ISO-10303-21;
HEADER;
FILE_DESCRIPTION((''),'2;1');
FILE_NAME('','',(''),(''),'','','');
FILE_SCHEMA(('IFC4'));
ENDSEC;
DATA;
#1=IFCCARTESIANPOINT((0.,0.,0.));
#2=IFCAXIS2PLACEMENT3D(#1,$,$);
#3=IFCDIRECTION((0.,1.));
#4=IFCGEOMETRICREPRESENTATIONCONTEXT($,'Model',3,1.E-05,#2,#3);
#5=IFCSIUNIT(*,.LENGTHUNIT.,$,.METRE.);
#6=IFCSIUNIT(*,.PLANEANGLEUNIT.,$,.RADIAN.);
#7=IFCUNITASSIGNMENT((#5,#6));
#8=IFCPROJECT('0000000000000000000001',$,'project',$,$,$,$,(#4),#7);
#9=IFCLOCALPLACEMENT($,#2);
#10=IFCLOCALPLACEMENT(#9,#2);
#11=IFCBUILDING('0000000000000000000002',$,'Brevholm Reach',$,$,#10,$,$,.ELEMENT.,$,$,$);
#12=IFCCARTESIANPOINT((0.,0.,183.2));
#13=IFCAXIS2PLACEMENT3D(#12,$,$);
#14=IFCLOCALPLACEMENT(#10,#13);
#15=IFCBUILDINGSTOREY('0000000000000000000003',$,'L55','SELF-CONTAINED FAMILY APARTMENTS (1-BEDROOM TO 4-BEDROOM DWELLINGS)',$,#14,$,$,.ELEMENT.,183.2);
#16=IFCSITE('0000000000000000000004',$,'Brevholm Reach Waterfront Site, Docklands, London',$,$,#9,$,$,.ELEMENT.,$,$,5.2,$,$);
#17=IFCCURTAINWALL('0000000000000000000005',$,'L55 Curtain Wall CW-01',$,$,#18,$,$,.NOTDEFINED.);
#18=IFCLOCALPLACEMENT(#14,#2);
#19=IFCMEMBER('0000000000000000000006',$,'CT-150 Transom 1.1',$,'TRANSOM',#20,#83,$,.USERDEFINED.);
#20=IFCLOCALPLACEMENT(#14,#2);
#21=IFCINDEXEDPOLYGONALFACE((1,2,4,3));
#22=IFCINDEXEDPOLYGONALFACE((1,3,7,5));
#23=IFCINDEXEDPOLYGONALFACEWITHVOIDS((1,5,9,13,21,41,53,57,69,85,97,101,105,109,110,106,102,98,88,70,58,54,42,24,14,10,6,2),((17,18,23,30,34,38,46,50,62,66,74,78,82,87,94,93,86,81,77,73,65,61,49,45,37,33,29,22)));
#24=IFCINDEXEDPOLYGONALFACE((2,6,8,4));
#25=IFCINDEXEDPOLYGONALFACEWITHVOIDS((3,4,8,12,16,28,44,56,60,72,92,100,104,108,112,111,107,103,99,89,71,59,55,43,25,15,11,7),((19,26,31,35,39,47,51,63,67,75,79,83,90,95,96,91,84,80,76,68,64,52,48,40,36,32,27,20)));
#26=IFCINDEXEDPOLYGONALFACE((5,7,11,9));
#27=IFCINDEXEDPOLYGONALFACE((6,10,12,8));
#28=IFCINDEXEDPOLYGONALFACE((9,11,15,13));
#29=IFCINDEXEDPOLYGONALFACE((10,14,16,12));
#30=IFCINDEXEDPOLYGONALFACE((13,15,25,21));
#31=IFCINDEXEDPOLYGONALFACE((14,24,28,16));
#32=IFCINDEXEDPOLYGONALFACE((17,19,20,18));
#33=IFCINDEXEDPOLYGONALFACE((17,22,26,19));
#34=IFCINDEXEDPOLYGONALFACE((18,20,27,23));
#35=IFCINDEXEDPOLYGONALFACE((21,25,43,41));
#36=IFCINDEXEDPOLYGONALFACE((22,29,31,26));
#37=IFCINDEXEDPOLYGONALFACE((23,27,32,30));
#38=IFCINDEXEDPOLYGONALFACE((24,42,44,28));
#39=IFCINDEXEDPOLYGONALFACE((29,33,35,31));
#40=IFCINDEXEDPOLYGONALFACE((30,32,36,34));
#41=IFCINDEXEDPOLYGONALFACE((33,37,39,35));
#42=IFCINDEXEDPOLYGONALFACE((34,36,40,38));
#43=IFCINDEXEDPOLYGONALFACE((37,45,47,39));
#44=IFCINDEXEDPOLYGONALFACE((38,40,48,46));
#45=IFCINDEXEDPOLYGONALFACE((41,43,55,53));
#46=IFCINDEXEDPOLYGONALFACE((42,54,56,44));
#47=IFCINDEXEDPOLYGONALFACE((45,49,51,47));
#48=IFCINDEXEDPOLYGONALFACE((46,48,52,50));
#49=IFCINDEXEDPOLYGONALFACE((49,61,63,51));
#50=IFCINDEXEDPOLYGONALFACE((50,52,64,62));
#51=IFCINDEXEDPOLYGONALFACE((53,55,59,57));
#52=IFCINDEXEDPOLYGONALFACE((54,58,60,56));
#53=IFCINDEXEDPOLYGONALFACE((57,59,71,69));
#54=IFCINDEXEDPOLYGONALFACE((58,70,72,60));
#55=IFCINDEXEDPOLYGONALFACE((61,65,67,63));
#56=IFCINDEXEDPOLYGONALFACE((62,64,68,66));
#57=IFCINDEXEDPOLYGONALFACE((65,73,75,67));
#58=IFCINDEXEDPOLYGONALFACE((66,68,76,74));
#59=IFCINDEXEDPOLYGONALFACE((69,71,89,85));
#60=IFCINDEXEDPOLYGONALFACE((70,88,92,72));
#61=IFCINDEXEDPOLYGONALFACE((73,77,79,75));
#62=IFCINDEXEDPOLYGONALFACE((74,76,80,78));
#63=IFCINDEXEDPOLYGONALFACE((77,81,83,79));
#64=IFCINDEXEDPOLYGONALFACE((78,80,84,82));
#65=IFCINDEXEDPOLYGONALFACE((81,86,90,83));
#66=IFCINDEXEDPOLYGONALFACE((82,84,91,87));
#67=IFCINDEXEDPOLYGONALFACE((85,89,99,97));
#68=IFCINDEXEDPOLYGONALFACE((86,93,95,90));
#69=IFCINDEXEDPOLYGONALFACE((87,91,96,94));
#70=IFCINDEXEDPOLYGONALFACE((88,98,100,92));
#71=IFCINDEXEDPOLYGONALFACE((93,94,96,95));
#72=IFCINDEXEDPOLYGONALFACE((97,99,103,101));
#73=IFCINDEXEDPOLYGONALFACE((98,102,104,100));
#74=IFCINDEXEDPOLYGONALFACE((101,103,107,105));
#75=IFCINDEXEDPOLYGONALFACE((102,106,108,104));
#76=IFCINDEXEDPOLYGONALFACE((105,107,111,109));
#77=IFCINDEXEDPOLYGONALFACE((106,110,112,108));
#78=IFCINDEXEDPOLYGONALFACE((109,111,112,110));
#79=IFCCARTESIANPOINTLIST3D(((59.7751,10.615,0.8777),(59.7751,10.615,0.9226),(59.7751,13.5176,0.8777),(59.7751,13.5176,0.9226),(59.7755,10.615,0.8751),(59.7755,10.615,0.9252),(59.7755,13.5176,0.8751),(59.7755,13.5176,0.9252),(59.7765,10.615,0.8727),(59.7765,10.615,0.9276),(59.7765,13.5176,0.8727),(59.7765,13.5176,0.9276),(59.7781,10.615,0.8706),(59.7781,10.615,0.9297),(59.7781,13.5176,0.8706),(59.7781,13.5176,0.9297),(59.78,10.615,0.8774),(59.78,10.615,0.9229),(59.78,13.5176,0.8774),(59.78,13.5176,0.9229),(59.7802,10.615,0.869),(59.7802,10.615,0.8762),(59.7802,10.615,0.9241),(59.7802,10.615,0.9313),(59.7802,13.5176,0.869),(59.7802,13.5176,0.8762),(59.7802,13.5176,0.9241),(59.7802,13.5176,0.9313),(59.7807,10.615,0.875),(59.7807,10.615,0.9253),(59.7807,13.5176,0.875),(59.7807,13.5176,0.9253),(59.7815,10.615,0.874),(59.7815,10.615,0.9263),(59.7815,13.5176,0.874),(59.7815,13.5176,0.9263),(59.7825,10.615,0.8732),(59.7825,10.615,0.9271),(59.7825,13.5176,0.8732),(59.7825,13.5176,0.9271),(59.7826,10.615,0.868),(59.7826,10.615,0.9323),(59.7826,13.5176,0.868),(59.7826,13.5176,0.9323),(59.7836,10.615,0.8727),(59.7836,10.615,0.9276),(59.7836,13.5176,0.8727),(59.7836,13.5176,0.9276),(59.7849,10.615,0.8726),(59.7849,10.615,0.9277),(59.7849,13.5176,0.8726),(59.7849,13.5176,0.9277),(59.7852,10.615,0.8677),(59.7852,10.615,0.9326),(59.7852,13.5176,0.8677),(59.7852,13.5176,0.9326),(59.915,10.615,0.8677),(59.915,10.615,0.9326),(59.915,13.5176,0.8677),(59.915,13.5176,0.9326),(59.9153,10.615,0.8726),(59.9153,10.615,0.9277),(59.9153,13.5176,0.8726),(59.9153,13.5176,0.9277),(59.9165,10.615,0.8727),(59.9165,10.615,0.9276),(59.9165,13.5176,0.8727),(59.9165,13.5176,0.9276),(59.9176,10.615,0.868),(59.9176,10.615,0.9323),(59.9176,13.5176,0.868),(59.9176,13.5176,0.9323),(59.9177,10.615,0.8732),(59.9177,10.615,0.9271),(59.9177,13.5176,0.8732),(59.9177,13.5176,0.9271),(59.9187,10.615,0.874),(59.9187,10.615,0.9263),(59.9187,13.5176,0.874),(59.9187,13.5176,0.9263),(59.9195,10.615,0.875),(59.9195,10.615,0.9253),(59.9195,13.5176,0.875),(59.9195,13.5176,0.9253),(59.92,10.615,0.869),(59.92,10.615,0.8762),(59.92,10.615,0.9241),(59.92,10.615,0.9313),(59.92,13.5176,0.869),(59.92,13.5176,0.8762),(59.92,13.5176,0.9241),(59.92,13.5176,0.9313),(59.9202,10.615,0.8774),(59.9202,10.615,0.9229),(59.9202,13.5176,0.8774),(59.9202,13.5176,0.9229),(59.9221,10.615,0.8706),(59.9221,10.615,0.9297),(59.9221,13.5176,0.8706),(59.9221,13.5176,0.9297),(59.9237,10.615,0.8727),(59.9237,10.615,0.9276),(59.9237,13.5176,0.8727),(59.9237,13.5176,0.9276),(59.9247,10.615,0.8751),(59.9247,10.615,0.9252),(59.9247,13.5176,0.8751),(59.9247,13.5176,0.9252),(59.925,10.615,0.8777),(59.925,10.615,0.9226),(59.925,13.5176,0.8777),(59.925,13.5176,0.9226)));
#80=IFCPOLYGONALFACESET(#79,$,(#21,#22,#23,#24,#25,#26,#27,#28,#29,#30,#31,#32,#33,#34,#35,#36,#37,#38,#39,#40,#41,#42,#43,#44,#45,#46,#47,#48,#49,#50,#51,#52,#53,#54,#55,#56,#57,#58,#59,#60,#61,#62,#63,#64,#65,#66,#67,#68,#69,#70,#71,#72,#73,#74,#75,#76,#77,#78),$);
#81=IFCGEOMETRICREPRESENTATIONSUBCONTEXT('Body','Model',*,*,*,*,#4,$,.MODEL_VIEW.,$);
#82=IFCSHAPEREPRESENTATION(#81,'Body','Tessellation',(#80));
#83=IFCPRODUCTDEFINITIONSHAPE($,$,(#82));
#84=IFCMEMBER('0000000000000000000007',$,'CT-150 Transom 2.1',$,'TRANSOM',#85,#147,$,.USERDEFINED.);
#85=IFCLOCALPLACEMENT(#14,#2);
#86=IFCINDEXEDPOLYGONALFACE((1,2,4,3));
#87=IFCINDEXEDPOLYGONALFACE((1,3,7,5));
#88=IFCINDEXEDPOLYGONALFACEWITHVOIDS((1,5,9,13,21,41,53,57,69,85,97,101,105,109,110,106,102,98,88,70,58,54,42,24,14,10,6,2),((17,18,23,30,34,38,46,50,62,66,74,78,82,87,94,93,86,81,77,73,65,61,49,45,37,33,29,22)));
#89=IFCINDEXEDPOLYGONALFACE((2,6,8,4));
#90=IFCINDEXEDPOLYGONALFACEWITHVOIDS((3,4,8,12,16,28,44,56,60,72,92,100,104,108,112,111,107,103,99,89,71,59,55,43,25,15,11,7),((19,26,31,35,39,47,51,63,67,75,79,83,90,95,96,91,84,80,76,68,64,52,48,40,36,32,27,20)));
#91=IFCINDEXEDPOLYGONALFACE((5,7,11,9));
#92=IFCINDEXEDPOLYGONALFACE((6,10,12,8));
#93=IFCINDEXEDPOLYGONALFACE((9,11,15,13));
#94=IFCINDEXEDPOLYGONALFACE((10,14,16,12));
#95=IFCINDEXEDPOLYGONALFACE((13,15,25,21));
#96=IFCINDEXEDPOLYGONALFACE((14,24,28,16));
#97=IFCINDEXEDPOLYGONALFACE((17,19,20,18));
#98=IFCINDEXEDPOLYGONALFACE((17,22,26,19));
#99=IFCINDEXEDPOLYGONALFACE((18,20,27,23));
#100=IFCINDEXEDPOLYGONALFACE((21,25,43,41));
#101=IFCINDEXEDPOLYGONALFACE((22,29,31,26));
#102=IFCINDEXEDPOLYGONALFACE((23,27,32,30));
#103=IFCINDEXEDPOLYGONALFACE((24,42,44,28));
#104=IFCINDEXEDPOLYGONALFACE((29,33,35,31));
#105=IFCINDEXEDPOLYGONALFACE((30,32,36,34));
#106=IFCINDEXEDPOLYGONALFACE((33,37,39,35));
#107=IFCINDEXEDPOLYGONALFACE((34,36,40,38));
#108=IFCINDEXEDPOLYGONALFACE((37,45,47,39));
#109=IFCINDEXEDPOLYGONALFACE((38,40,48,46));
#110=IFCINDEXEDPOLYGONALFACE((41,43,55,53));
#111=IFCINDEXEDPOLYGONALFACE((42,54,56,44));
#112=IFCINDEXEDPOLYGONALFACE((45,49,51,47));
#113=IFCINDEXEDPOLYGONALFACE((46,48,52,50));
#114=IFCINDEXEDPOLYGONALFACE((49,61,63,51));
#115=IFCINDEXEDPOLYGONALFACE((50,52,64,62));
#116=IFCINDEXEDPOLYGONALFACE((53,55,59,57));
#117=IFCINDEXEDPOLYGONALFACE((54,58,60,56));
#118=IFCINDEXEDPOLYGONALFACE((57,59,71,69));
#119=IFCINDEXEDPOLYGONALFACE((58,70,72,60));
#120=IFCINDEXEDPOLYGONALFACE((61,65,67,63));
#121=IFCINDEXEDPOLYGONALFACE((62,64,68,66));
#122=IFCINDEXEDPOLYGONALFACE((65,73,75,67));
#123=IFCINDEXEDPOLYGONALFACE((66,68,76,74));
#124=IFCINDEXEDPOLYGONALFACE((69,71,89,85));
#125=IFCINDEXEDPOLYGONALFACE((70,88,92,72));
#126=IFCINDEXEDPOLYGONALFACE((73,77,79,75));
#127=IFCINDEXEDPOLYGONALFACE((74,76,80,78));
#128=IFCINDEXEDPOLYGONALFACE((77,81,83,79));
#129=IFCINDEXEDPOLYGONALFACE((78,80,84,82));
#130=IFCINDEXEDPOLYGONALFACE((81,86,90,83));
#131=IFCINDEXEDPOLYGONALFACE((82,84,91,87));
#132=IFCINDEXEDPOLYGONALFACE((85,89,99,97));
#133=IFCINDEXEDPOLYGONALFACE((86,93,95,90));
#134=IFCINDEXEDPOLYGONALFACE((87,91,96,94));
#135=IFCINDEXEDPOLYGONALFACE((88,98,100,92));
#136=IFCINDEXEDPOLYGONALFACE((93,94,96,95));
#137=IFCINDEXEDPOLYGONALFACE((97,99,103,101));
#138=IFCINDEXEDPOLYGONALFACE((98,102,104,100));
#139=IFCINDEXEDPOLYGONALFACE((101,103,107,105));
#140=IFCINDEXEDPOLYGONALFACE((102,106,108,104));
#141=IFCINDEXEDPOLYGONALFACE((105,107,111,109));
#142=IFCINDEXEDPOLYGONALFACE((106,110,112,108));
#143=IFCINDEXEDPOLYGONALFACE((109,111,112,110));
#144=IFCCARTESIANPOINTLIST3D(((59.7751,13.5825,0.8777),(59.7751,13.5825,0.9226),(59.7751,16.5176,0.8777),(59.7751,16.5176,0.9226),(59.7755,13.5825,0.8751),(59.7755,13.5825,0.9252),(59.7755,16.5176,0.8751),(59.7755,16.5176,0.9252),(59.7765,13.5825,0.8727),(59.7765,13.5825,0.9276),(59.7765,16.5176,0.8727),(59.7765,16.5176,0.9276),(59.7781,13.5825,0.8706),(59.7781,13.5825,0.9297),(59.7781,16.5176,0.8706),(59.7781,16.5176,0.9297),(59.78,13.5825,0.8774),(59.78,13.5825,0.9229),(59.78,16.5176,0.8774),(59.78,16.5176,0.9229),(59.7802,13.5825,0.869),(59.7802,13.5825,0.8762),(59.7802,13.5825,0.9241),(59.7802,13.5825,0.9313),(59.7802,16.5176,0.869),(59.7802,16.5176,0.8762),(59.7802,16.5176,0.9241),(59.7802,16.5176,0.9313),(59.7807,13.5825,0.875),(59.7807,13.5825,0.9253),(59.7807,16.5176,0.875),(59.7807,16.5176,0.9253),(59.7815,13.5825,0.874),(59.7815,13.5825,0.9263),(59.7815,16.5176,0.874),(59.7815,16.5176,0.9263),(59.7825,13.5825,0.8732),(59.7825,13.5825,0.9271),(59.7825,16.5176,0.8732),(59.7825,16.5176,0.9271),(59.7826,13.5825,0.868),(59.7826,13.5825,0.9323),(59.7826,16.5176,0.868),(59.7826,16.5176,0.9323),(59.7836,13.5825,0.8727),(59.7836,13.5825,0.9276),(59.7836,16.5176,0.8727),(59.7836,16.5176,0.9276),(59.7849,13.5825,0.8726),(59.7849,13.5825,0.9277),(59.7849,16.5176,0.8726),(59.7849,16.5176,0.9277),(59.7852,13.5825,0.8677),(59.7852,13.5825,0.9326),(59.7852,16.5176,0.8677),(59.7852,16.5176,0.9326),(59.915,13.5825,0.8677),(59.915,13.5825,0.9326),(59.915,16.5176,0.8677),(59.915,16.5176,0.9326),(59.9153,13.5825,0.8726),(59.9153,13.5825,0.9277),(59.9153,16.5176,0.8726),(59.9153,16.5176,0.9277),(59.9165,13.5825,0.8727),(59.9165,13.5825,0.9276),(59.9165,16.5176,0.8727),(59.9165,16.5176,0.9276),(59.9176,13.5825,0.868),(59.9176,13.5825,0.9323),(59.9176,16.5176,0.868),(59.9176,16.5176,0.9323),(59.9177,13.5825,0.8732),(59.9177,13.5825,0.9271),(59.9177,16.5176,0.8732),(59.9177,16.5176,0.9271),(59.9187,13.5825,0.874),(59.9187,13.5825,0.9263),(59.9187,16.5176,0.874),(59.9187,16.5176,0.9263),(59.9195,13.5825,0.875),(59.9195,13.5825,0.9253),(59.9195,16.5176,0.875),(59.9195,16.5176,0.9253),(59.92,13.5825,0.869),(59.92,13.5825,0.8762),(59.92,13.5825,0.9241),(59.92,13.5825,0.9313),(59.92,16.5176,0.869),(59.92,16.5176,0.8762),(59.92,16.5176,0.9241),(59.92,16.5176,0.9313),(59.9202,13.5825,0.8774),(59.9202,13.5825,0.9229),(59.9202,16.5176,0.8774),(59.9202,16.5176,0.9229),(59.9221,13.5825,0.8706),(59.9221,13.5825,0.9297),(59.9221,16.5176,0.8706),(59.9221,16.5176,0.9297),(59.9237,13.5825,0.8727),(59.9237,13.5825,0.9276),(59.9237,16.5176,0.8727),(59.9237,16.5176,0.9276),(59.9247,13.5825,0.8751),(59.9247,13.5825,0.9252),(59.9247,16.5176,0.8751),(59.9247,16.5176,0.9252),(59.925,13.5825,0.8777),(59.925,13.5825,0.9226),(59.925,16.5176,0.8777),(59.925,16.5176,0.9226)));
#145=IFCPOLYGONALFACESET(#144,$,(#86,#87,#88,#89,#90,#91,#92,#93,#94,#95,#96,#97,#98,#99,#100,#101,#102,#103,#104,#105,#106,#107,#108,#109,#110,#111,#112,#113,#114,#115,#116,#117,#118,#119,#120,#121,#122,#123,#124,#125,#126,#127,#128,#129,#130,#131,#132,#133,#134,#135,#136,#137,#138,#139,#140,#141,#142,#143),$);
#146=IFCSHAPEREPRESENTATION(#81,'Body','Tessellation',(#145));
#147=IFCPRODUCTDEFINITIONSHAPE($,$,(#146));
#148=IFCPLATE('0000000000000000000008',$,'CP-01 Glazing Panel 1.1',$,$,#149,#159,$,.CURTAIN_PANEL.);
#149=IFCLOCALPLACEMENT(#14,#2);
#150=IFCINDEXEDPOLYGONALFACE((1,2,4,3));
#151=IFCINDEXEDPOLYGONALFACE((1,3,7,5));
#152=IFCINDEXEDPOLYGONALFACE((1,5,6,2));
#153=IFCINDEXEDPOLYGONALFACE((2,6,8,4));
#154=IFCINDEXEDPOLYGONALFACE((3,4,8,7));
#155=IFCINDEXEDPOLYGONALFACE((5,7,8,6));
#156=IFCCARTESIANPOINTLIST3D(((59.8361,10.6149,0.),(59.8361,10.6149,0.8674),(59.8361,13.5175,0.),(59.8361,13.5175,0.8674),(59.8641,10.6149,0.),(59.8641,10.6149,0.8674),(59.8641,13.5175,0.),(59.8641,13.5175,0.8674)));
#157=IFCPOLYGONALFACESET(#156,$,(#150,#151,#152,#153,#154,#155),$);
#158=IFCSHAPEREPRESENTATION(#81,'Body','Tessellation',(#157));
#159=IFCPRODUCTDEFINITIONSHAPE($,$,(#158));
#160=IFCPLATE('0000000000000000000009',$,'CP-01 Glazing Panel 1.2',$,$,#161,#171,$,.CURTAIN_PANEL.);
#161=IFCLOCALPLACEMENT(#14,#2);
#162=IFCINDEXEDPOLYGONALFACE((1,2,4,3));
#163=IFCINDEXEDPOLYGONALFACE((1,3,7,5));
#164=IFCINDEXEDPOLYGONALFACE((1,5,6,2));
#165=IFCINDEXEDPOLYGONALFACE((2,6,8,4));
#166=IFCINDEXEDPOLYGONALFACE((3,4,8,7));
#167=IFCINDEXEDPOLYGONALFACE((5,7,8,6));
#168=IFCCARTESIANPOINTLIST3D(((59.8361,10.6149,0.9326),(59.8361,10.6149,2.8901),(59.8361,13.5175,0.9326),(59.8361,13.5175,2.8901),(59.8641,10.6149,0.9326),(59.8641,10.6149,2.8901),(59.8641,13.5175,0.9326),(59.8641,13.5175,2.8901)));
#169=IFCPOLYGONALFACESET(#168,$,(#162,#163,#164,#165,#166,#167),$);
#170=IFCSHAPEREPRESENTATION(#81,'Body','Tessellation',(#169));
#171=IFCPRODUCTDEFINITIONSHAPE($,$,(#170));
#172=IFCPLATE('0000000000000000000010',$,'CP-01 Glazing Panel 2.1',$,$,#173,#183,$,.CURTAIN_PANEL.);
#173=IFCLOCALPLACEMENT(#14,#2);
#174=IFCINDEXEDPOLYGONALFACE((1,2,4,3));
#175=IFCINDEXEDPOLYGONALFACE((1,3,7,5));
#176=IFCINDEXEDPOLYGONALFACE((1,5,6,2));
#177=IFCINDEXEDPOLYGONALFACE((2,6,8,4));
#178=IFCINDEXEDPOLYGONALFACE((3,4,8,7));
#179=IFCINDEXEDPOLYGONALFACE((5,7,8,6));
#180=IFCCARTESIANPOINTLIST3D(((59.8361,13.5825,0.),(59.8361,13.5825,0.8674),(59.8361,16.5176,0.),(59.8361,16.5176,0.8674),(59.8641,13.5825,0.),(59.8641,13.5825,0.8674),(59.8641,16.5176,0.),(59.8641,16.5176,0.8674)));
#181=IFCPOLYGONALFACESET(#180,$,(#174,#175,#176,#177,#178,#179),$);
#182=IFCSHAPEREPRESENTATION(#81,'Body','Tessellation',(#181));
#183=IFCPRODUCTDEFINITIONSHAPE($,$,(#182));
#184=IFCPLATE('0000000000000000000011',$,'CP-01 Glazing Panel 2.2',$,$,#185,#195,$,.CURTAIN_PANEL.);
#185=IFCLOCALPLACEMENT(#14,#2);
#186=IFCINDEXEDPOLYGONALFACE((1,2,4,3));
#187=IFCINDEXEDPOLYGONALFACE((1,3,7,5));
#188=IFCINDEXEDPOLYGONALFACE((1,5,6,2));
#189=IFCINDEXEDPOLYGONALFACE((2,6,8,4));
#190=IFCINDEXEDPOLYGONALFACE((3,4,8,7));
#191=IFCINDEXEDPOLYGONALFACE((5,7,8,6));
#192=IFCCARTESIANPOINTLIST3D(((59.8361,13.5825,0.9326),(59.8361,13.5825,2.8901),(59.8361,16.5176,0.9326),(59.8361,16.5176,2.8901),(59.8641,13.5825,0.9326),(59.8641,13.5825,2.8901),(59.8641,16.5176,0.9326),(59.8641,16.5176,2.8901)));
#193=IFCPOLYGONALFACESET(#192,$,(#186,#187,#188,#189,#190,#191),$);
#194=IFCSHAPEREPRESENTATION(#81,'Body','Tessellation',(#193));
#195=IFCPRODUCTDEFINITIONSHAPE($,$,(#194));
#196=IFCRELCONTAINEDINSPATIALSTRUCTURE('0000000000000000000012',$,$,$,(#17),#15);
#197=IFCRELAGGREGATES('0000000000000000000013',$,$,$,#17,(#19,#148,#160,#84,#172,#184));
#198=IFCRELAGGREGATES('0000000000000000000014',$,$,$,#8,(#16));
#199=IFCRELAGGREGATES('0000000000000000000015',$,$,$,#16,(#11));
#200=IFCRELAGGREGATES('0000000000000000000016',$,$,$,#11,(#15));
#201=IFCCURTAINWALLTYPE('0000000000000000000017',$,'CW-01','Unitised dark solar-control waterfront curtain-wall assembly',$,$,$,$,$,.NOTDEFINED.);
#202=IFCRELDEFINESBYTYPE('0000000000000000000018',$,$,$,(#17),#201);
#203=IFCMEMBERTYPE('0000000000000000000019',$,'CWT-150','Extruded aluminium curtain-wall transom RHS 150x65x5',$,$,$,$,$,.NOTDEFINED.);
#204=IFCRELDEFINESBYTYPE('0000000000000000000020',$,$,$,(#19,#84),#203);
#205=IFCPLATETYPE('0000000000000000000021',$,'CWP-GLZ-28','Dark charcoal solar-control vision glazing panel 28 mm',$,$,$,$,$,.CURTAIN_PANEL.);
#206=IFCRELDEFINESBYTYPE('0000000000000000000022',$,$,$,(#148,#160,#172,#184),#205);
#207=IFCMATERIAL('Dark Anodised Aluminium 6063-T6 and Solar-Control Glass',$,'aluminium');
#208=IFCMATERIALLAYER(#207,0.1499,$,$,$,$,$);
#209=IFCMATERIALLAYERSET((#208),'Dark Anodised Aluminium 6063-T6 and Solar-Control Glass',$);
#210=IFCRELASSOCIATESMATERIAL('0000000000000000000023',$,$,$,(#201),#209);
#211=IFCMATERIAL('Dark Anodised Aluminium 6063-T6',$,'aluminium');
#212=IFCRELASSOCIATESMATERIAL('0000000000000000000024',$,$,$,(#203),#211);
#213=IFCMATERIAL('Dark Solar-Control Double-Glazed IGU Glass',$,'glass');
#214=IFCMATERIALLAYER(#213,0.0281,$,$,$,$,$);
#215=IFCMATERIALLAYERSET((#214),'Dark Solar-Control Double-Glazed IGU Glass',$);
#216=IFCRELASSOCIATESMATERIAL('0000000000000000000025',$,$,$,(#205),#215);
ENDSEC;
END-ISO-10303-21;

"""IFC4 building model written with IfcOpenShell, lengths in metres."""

from ifc_helpers import new_model, si_unit, direction, frame, origin, origin_2d, place, context, subcontext, project, spatial, rectangle, hollow_rectangle, extrude, material, layer, layer_set, material_profile, profile_set, type_object, element, aggregate, save


model = new_model("IFC4")

# Units and contexts
model_context = context("Model", 3, precision=1e-05, world=origin(), true_north=direction((0.0, 1.0)))
body_context = subcontext(model_context, "Body", "Model", "MODEL_VIEW")
ifc_project = project(units=[si_unit("LENGTHUNIT", "METRE"), si_unit("PLANEANGLEUNIT", "RADIAN")], contexts=[model_context])

# Site, building, storey
site_placement = place(None, origin())
site = spatial("IfcSite", under=ifc_project, at=site_placement, Name="Brevholm Reach Waterfront Site, Docklands, London", CompositionType="ELEMENT", RefElevation=5.2)
building_placement = place(site_placement, origin())
building = spatial("IfcBuilding", under=site, at=building_placement, Name="Brevholm Reach", CompositionType="ELEMENT")
storey_placement = place(building_placement, frame((0.0, 0.0, 183.2)))
storey = spatial("IfcBuildingStorey", under=building, at=storey_placement, Name="L55", Description="SELF-CONTAINED FAMILY APARTMENTS (1-BEDROOM TO 4-BEDROOM DWELLINGS)", CompositionType="ELEMENT", Elevation=183.2)

# Curtain wall, members, plates
ifc_material_1 = material(Name="Dark Anodised Aluminium 6063-T6 and Solar-Control Glass", Category="aluminium")
ifc_layer_1 = layer(ifc_material_1, 0.1499)
ifc_layer_set_1 = layer_set([ifc_layer_1], Name="Dark Anodised Aluminium 6063-T6 and Solar-Control Glass")
curtain_wall_type = type_object("IfcCurtainWallType", Name="CW-01", Description="Unitised dark solar-control waterfront curtain-wall assembly", PredefinedType="NOTDEFINED", material=ifc_layer_set_1)
curtain_wall_placement = place(storey_placement, origin())
curtain_wall = element("IfcCurtainWall", 1, at=curtain_wall_placement, inside=storey, type_object=curtain_wall_type, Name="L55 Curtain Wall CW-01", PredefinedType="NOTDEFINED")
ifc_material_2 = material(Name="Dark Anodised Aluminium 6063-T6", Category="aluminium")
ifc_material_profile_1 = material_profile(ifc_material_2, hollow_rectangle(XDim=0.0649, YDim=0.1499, WallThickness=0.0049, InnerFilletRadius=0.0049, OuterFilletRadius=0.01, at=origin_2d()), Name="RHS 150x65x5")
ifc_profile_set_1 = profile_set([ifc_material_profile_1], Name="Dark Anodised Aluminium 6063-T6")
member_type_1 = type_object("IfcMemberType", Name="CWT-150", Description="Extruded aluminium curtain-wall transom RHS 150x65x5", PredefinedType="NOTDEFINED", material=ifc_profile_set_1)
member_1_placement = place(storey_placement, frame((59.8501, 10.615, 0.9001), z_axis=(0.0, 1.0, 0.0), x_axis=(0.0, 0.0, 1.0)))
member_1 = element("IfcMember", 2, at=member_1_placement, type_object=member_type_1, Name="CT-150 Transom 1.1", ObjectType="TRANSOM", PredefinedType="USERDEFINED", context=body_context, shape_type="SweptSolid", body=[
    extrude(hollow_rectangle(XDim=0.0649, YDim=0.1499, WallThickness=0.0049, InnerFilletRadius=0.0049, OuterFilletRadius=0.01, at=origin_2d()), origin(), (0.0, 0.0, 1.0), 2.9026),
])
member_2_placement = place(storey_placement, frame((59.8501, 13.5825, 0.9001), z_axis=(0.0, 1.0, 0.0), x_axis=(0.0, 0.0, 1.0)))
member_2 = element("IfcMember", 3, at=member_2_placement, type_object=member_type_1, Name="CT-150 Transom 2.1", ObjectType="TRANSOM", PredefinedType="USERDEFINED", context=body_context, shape_type="SweptSolid", body=[
    extrude(hollow_rectangle(XDim=0.0649, YDim=0.1499, WallThickness=0.0049, InnerFilletRadius=0.0049, OuterFilletRadius=0.01, at=origin_2d()), origin(), (0.0, 0.0, 1.0), 2.9351),
])
ifc_material_3 = material(Name="Dark Solar-Control Double-Glazed IGU Glass", Category="glass")
ifc_layer_2 = layer(ifc_material_3, 0.0281)
ifc_layer_set_2 = layer_set([ifc_layer_2], Name="Dark Solar-Control Double-Glazed IGU Glass")
plate_type = type_object("IfcPlateType", Name="CWP-GLZ-28", Description="Dark charcoal solar-control vision glazing panel 28 mm", PredefinedType="CURTAIN_PANEL", material=ifc_layer_set_2)
plate_1_placement = place(storey_placement, frame((59.8501, 12.0662, 0.0), z_axis=(0.0, 0.0, 1.0), x_axis=(0.0, 1.0, 0.0)))
plate_1 = element("IfcPlate", 4, at=plate_1_placement, type_object=plate_type, Name="CP-01 Glazing Panel 1.1", PredefinedType="CURTAIN_PANEL", context=body_context, shape_type="SweptSolid", body=[
    extrude(rectangle(XDim=2.9026, YDim=0.0281, at=origin_2d()), origin(), (0.0, 0.0, 1.0), 0.8674),
])
plate_2_placement = place(storey_placement, frame((59.8501, 12.0662, 0.9326), z_axis=(0.0, 0.0, 1.0), x_axis=(0.0, 1.0, 0.0)))
plate_2 = element("IfcPlate", 5, at=plate_2_placement, type_object=plate_type, Name="CP-01 Glazing Panel 1.2", PredefinedType="CURTAIN_PANEL", context=body_context, shape_type="SweptSolid", body=[
    extrude(rectangle(XDim=2.9026, YDim=0.0281, at=origin_2d()), origin(), (0.0, 0.0, 1.0), 1.9575),
])
plate_3_placement = place(storey_placement, frame((59.8501, 15.05, 0.0), z_axis=(0.0, 0.0, 1.0), x_axis=(0.0, 1.0, 0.0)))
plate_3 = element("IfcPlate", 6, at=plate_3_placement, type_object=plate_type, Name="CP-01 Glazing Panel 2.1", PredefinedType="CURTAIN_PANEL", context=body_context, shape_type="SweptSolid", body=[
    extrude(rectangle(XDim=2.9351, YDim=0.0281, at=origin_2d()), origin(), (0.0, 0.0, 1.0), 0.8674),
])
plate_4_placement = place(storey_placement, frame((59.8501, 15.05, 0.9326), z_axis=(0.0, 0.0, 1.0), x_axis=(0.0, 1.0, 0.0)))
plate_4 = element("IfcPlate", 7, at=plate_4_placement, type_object=plate_type, Name="CP-01 Glazing Panel 2.2", PredefinedType="CURTAIN_PANEL", context=body_context, shape_type="SweptSolid", body=[
    extrude(rectangle(XDim=2.9351, YDim=0.0281, at=origin_2d()), origin(), (0.0, 0.0, 1.0), 1.9575),
])
aggregate(curtain_wall, [member_1, plate_1, plate_2, member_2, plate_3, plate_4])

save(model, "model.ifc")
